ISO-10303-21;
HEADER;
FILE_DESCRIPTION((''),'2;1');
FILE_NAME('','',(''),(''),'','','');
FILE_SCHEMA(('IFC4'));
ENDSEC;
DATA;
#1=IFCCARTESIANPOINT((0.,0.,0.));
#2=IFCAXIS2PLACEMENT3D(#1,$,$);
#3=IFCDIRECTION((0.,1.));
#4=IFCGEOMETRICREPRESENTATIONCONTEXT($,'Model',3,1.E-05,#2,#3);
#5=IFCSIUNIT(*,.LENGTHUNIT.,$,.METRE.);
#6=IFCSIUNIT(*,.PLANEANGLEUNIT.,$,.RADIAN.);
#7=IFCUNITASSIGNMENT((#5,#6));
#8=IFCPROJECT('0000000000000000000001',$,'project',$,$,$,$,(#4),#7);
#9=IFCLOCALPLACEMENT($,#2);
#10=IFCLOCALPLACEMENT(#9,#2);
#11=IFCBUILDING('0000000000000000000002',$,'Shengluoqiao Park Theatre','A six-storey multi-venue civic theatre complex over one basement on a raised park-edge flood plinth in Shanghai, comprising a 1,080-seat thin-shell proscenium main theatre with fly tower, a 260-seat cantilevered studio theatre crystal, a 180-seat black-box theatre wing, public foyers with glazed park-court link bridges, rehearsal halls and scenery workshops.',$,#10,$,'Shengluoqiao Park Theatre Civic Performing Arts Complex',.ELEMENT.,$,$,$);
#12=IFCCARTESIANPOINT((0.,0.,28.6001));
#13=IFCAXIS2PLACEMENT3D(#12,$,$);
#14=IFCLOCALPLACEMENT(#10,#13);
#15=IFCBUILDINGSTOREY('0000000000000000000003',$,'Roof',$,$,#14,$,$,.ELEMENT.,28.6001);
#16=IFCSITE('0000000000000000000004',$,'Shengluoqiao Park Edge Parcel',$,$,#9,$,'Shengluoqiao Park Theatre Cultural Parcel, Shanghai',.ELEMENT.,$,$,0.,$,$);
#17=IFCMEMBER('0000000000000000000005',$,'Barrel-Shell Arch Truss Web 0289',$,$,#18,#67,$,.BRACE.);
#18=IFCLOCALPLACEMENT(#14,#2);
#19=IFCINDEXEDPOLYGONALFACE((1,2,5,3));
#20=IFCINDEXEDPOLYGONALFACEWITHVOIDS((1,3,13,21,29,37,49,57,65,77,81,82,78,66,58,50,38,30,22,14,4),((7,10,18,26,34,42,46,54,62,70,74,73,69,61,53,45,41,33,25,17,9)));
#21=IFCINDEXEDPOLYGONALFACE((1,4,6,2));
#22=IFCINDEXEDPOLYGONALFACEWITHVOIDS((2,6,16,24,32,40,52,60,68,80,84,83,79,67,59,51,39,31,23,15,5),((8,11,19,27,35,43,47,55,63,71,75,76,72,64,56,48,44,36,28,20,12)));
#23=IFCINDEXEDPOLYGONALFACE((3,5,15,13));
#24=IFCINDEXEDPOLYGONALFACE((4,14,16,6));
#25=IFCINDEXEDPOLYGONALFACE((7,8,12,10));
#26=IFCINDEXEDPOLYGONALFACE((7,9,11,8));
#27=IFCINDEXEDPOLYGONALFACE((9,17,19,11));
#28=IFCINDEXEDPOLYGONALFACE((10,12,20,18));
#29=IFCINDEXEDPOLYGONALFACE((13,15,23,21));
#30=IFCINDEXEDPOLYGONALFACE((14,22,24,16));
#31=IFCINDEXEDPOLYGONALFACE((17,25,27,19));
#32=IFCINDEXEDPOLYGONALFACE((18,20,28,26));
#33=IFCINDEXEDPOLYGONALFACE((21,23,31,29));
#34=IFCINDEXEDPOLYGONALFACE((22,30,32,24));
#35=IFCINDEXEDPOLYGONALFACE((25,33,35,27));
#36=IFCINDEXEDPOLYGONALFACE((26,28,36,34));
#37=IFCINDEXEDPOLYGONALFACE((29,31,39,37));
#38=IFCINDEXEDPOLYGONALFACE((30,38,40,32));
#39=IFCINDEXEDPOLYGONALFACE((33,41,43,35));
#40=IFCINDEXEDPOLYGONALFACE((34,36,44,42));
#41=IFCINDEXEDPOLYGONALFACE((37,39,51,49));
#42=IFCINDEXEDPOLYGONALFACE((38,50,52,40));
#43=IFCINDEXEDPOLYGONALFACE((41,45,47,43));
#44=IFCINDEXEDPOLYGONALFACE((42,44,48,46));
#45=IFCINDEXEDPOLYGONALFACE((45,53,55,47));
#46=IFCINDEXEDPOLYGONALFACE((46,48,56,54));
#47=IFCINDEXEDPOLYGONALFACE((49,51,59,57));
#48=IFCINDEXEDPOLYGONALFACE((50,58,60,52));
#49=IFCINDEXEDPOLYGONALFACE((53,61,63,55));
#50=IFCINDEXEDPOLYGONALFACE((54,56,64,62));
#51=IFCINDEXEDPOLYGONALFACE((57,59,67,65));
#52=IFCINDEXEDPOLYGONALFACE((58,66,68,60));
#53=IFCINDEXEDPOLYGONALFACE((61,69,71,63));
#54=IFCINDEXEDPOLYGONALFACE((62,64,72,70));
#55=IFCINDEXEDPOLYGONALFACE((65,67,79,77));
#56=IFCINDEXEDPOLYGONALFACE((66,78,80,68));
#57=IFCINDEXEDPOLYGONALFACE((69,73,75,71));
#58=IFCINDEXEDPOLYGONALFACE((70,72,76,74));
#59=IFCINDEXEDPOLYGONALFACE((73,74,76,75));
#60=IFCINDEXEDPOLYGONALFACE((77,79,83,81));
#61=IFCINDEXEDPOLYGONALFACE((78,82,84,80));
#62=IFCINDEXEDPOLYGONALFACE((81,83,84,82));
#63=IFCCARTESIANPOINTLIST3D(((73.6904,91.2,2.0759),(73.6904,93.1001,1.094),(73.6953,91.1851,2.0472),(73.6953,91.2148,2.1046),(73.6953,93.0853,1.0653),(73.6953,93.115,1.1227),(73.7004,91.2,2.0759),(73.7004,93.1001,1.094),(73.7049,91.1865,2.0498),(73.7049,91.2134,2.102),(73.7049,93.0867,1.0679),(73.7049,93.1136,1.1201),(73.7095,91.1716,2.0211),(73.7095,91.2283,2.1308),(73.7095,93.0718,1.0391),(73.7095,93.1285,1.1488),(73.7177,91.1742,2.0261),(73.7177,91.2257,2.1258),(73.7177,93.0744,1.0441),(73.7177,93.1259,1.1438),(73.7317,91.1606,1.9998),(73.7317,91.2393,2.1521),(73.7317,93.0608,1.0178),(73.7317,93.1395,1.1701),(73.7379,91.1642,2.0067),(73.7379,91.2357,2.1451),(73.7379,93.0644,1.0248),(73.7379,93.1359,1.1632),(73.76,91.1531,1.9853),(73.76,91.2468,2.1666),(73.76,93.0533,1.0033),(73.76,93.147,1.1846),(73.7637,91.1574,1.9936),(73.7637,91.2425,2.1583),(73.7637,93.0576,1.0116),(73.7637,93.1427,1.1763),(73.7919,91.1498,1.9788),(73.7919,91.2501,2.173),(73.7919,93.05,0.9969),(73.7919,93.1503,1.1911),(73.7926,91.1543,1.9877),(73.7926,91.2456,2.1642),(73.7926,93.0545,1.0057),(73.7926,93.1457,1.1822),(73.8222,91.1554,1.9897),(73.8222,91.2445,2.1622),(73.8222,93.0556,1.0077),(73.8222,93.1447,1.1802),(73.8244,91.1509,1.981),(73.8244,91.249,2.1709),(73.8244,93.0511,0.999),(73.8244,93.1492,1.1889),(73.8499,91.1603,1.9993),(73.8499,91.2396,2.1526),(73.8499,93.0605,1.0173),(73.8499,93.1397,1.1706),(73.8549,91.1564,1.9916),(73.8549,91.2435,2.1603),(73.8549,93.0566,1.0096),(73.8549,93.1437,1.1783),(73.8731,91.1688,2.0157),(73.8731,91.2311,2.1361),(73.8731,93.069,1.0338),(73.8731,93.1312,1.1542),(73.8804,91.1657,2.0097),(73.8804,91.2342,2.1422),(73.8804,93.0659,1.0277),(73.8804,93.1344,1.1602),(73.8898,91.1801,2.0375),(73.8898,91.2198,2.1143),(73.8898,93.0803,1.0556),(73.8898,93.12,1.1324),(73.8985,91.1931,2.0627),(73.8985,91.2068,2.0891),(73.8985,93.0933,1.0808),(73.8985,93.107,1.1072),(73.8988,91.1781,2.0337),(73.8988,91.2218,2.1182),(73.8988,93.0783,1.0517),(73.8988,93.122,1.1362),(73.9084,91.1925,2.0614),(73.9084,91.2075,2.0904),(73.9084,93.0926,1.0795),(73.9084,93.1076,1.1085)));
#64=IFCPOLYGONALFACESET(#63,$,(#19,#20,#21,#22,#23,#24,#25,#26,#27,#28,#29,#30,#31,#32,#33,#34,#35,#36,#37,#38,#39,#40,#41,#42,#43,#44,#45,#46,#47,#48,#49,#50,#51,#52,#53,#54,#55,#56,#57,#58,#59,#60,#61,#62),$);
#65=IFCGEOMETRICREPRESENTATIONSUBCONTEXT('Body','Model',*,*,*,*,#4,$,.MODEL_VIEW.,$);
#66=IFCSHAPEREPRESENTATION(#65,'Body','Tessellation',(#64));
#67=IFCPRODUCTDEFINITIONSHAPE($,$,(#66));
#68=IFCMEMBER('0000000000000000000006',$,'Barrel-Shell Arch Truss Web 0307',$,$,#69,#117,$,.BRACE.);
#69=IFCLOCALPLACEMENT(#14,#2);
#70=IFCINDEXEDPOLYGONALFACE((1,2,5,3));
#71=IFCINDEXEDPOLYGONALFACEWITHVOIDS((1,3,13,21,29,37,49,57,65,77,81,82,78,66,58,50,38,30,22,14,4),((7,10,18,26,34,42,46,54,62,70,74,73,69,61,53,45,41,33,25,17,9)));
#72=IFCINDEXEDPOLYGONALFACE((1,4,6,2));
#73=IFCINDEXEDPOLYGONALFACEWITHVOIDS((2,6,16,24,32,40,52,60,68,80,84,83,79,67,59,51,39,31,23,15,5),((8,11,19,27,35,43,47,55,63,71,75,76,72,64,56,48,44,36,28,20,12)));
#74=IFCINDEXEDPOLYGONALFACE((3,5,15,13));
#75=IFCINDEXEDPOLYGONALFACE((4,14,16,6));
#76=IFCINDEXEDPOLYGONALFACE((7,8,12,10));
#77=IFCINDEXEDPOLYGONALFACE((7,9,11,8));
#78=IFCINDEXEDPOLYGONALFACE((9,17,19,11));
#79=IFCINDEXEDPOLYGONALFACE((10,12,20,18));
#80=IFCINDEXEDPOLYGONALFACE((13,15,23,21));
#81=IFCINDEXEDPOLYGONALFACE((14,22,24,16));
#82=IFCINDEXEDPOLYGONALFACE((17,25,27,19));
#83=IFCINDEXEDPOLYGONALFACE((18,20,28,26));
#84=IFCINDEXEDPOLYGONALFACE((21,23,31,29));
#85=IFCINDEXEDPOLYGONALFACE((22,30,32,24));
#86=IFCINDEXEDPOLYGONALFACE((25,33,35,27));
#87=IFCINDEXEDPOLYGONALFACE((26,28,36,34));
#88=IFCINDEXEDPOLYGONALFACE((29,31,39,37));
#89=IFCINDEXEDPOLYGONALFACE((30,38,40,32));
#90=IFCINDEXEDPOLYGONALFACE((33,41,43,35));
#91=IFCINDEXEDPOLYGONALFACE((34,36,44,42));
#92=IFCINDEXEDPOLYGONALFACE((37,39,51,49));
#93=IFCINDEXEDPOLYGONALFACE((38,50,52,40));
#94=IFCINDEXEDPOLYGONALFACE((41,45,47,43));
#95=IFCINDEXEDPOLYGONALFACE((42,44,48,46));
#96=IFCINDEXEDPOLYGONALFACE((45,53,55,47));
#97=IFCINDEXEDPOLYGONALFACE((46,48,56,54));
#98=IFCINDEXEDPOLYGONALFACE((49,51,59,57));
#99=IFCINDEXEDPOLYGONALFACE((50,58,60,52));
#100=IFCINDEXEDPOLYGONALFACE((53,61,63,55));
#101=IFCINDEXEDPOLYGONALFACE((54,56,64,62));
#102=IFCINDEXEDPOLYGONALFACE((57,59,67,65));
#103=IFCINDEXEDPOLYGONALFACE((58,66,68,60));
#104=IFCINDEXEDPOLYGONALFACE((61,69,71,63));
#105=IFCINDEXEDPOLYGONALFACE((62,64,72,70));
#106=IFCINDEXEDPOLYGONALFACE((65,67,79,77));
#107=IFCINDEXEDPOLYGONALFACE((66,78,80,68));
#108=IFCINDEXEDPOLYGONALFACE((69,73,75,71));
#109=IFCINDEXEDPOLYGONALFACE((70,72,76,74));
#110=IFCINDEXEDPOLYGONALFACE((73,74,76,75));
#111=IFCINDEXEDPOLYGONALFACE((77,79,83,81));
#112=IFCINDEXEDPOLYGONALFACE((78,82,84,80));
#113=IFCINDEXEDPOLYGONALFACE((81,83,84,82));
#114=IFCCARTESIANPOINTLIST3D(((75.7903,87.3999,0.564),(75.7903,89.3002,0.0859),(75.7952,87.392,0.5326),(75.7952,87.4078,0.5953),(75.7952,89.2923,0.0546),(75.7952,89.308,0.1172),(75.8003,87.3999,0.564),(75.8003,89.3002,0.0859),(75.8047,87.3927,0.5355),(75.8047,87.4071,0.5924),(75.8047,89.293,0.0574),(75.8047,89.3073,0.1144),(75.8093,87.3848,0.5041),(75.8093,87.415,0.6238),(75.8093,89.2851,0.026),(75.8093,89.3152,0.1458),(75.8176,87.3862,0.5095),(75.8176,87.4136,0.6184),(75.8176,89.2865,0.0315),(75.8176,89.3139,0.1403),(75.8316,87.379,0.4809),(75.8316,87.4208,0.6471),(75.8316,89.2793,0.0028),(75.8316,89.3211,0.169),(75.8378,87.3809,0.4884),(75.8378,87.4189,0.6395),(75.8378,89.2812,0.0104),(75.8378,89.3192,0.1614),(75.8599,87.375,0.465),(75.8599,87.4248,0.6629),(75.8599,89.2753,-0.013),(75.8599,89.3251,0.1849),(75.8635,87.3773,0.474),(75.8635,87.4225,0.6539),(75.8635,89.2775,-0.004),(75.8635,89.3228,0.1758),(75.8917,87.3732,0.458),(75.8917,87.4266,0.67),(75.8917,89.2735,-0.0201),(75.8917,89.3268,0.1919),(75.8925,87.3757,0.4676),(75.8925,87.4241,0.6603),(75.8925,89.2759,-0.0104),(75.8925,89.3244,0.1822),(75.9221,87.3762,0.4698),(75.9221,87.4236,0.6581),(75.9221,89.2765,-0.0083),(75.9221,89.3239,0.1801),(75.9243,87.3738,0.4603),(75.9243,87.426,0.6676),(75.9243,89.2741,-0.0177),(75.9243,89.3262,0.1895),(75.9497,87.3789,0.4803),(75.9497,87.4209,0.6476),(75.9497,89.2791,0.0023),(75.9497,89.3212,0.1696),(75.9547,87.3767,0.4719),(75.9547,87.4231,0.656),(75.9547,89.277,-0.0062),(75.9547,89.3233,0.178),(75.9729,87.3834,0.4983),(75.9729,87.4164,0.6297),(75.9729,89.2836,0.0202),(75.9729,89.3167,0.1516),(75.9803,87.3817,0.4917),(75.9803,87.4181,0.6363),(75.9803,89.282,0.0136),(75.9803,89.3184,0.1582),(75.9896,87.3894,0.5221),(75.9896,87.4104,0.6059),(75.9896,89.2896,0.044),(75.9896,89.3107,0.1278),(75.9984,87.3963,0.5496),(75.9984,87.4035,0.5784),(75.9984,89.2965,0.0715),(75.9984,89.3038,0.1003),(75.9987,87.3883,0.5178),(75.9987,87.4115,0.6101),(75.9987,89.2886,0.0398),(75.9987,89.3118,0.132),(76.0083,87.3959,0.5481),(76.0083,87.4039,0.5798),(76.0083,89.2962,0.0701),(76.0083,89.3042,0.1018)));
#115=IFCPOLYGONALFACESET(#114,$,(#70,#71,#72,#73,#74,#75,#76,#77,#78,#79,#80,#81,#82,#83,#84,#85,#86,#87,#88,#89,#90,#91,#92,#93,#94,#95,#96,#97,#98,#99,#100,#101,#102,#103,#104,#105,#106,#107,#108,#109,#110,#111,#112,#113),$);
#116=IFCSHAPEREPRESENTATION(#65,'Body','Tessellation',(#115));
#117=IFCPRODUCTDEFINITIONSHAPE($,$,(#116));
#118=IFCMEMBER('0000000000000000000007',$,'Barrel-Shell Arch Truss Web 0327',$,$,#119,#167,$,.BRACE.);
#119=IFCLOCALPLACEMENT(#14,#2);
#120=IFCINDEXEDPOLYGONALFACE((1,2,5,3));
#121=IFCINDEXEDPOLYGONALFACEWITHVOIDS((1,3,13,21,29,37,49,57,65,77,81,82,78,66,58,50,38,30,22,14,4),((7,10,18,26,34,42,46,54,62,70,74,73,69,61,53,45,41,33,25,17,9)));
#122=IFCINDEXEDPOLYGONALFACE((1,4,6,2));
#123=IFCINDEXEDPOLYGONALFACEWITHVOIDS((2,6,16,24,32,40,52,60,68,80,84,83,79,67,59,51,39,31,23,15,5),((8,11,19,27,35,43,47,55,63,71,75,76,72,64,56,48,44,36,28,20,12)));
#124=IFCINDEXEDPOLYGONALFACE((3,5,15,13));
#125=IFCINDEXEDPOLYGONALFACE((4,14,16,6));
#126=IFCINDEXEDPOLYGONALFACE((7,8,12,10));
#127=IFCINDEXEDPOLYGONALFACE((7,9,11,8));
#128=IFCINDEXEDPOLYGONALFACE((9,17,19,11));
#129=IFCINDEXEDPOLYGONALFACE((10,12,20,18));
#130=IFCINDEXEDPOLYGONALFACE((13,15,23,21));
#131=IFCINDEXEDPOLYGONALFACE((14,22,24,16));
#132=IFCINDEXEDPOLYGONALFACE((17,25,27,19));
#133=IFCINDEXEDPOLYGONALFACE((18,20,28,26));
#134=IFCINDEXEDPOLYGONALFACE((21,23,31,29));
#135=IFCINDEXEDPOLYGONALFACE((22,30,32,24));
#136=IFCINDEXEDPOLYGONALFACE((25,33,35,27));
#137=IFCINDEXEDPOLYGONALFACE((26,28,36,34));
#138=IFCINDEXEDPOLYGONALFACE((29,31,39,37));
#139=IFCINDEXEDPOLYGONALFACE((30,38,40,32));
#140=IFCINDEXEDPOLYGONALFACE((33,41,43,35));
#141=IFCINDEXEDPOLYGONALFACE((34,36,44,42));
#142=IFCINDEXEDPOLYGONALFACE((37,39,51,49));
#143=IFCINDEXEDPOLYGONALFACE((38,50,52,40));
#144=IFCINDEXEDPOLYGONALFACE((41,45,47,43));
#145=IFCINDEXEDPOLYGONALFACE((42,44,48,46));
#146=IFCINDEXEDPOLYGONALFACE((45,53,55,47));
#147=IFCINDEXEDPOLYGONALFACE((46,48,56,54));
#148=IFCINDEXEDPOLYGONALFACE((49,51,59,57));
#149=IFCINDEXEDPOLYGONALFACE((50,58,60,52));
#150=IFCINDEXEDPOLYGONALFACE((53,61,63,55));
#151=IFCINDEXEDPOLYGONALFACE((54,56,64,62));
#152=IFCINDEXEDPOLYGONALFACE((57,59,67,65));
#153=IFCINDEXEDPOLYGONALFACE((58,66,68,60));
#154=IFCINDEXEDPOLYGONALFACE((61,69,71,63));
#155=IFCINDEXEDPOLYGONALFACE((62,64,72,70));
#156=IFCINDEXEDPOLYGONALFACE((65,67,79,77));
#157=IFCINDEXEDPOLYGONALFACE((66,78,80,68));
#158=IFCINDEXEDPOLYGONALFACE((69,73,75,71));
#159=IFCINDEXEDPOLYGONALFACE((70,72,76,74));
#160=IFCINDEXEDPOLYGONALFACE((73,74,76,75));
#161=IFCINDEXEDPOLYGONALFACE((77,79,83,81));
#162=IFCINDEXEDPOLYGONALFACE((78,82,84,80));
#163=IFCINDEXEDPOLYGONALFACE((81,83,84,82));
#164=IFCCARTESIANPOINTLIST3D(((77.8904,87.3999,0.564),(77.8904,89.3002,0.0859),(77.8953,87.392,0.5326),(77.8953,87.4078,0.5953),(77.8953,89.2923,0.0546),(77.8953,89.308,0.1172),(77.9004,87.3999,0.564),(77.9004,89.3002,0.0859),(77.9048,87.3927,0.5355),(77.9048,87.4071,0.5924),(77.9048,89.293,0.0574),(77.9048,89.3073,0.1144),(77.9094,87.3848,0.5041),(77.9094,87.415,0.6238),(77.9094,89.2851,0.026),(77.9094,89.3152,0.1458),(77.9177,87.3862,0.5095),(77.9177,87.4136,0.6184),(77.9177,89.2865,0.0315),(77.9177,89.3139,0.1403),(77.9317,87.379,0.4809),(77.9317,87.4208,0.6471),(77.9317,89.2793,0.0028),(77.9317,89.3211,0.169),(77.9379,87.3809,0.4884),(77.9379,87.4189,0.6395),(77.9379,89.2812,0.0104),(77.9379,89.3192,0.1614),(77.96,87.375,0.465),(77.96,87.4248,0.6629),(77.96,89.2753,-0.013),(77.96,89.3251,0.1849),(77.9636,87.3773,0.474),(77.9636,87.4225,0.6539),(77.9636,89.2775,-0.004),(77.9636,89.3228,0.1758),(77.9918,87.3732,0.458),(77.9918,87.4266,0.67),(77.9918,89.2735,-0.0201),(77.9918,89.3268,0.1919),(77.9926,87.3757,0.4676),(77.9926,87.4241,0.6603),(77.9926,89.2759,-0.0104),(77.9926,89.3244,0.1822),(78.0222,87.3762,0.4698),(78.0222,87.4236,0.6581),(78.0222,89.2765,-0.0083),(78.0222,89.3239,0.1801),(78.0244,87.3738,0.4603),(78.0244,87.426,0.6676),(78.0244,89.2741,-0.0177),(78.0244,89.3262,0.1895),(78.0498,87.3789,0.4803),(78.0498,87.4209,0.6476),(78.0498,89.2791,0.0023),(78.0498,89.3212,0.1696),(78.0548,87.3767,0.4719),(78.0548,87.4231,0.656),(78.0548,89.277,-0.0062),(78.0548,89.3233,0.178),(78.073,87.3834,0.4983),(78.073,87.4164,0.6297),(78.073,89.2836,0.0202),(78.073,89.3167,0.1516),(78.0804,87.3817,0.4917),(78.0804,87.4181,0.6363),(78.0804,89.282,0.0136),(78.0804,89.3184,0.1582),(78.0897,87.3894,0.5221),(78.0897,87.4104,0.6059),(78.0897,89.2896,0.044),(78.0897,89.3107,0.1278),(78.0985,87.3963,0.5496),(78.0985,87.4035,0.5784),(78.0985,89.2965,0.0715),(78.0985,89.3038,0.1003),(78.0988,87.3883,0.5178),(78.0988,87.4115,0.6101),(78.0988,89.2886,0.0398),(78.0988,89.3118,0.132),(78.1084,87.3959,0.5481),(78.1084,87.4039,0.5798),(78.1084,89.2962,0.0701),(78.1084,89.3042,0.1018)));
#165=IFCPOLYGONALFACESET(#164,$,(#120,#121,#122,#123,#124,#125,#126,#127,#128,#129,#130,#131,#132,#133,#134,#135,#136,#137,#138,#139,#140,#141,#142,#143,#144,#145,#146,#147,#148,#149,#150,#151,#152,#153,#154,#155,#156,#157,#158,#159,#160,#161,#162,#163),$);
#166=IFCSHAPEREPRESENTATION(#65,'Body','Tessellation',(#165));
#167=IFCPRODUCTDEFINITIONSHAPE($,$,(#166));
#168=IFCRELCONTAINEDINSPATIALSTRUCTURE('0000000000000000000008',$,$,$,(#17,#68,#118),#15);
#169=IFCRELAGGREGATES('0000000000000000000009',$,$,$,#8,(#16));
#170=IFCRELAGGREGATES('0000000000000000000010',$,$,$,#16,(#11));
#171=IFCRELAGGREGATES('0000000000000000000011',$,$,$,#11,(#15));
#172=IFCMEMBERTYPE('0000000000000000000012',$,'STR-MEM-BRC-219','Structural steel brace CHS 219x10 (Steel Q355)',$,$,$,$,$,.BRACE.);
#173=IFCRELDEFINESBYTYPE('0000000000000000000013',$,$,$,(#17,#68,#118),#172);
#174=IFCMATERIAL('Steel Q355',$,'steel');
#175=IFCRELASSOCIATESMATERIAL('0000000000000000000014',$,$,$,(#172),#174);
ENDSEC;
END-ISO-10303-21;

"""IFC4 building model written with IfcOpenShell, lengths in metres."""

from ifc_helpers import new_model, si_unit, direction, frame, origin, origin_2d, place, context, subcontext, project, spatial, hollow_circle, extrude, material, material_profile, profile_set, type_object, element, save


model = new_model("IFC4")

# Units and contexts
model_context = context("Model", 3, precision=1e-05, world=origin(), true_north=direction((0.0, 1.0)))
body_context = subcontext(model_context, "Body", "Model", "MODEL_VIEW")
ifc_project = project(units=[si_unit("LENGTHUNIT", "METRE"), si_unit("PLANEANGLEUNIT", "RADIAN")], contexts=[model_context])

# Site, building, storey
site_placement = place(None, origin())
site = spatial("IfcSite", under=ifc_project, at=site_placement, Name="Shengluoqiao Park Edge Parcel", LongName="Shengluoqiao Park Theatre Cultural Parcel, Shanghai", CompositionType="ELEMENT", RefElevation=0.0)
building_placement = place(site_placement, origin())
building = spatial("IfcBuilding", under=site, at=building_placement, Name="Shengluoqiao Park Theatre", Description="A six-storey multi-venue civic theatre complex over one basement on a raised park-edge flood plinth in Shanghai, comprising a 1,080-seat thin-shell proscenium main theatre with fly tower, a 260-seat cantilevered studio theatre crystal, a 180-seat black-box theatre wing, public foyers with glazed park-court link bridges, rehearsal halls and scenery workshops.", LongName="Shengluoqiao Park Theatre Civic Performing Arts Complex", CompositionType="ELEMENT")
storey_placement = place(building_placement, frame((0.0, 0.0, 28.6001)))
storey = spatial("IfcBuildingStorey", under=building, at=storey_placement, Name="Roof", CompositionType="ELEMENT", Elevation=28.6001)

# Shared definitions
ifc_material_1 = material(Name="Steel Q355", Category="steel")

# Members
ifc_material_profile_1 = material_profile(ifc_material_1, hollow_circle(Radius=0.1096, WallThickness=0.01, at=origin_2d()), Name="CHS 219x10")
ifc_profile_set_1 = profile_set([ifc_material_profile_1], Name="Steel Q355")
member_type_1 = type_object("IfcMemberType", Name="STR-MEM-BRC-219", Description="Structural steel brace CHS 219x10 (Steel Q355)", PredefinedType="BRACE", material=ifc_profile_set_1)
member_1_placement = place(storey_placement, frame((73.8, 91.2, 2.0759), z_axis=(0.0, 0.888389, -0.459091), x_axis=(-1.0, 0.0, 0.0)))
element("IfcMember", 1, at=member_1_placement, inside=storey, type_object=member_type_1, Name="Barrel-Shell Arch Truss Web 0289", PredefinedType="BRACE", context=body_context, shape_type="SweptSolid", body=[
    extrude(hollow_circle(Radius=0.1096, WallThickness=0.01, at=origin_2d()), origin(), (0.0, 0.0, 1.0), 2.1389),
])
for number, where, z_axis, x_axis, name in (
    (2, (75.8999, 87.3999, 0.564), (0.0, 0.969782, -0.243972), (-1.0, 0.0, 0.0), "Barrel-Shell Arch Truss Web 0307"),
    (3, (78.0, 87.3999, 0.564), (0.0, 0.969782, -0.243972), (-1.0, 0.0, 0.0), "Barrel-Shell Arch Truss Web 0327"),
):
    element("IfcMember", number, at=place(storey_placement, frame(where, z_axis=z_axis, x_axis=x_axis)), inside=storey, type_object=member_type_1, Name=name, PredefinedType="BRACE", context=body_context, shape_type="SweptSolid", body=[
        extrude(hollow_circle(Radius=0.1096, WallThickness=0.01, at=origin_2d()), origin(), (0.0, 0.0, 1.0), 1.9595),
    ])

save(model, "model.ifc")
